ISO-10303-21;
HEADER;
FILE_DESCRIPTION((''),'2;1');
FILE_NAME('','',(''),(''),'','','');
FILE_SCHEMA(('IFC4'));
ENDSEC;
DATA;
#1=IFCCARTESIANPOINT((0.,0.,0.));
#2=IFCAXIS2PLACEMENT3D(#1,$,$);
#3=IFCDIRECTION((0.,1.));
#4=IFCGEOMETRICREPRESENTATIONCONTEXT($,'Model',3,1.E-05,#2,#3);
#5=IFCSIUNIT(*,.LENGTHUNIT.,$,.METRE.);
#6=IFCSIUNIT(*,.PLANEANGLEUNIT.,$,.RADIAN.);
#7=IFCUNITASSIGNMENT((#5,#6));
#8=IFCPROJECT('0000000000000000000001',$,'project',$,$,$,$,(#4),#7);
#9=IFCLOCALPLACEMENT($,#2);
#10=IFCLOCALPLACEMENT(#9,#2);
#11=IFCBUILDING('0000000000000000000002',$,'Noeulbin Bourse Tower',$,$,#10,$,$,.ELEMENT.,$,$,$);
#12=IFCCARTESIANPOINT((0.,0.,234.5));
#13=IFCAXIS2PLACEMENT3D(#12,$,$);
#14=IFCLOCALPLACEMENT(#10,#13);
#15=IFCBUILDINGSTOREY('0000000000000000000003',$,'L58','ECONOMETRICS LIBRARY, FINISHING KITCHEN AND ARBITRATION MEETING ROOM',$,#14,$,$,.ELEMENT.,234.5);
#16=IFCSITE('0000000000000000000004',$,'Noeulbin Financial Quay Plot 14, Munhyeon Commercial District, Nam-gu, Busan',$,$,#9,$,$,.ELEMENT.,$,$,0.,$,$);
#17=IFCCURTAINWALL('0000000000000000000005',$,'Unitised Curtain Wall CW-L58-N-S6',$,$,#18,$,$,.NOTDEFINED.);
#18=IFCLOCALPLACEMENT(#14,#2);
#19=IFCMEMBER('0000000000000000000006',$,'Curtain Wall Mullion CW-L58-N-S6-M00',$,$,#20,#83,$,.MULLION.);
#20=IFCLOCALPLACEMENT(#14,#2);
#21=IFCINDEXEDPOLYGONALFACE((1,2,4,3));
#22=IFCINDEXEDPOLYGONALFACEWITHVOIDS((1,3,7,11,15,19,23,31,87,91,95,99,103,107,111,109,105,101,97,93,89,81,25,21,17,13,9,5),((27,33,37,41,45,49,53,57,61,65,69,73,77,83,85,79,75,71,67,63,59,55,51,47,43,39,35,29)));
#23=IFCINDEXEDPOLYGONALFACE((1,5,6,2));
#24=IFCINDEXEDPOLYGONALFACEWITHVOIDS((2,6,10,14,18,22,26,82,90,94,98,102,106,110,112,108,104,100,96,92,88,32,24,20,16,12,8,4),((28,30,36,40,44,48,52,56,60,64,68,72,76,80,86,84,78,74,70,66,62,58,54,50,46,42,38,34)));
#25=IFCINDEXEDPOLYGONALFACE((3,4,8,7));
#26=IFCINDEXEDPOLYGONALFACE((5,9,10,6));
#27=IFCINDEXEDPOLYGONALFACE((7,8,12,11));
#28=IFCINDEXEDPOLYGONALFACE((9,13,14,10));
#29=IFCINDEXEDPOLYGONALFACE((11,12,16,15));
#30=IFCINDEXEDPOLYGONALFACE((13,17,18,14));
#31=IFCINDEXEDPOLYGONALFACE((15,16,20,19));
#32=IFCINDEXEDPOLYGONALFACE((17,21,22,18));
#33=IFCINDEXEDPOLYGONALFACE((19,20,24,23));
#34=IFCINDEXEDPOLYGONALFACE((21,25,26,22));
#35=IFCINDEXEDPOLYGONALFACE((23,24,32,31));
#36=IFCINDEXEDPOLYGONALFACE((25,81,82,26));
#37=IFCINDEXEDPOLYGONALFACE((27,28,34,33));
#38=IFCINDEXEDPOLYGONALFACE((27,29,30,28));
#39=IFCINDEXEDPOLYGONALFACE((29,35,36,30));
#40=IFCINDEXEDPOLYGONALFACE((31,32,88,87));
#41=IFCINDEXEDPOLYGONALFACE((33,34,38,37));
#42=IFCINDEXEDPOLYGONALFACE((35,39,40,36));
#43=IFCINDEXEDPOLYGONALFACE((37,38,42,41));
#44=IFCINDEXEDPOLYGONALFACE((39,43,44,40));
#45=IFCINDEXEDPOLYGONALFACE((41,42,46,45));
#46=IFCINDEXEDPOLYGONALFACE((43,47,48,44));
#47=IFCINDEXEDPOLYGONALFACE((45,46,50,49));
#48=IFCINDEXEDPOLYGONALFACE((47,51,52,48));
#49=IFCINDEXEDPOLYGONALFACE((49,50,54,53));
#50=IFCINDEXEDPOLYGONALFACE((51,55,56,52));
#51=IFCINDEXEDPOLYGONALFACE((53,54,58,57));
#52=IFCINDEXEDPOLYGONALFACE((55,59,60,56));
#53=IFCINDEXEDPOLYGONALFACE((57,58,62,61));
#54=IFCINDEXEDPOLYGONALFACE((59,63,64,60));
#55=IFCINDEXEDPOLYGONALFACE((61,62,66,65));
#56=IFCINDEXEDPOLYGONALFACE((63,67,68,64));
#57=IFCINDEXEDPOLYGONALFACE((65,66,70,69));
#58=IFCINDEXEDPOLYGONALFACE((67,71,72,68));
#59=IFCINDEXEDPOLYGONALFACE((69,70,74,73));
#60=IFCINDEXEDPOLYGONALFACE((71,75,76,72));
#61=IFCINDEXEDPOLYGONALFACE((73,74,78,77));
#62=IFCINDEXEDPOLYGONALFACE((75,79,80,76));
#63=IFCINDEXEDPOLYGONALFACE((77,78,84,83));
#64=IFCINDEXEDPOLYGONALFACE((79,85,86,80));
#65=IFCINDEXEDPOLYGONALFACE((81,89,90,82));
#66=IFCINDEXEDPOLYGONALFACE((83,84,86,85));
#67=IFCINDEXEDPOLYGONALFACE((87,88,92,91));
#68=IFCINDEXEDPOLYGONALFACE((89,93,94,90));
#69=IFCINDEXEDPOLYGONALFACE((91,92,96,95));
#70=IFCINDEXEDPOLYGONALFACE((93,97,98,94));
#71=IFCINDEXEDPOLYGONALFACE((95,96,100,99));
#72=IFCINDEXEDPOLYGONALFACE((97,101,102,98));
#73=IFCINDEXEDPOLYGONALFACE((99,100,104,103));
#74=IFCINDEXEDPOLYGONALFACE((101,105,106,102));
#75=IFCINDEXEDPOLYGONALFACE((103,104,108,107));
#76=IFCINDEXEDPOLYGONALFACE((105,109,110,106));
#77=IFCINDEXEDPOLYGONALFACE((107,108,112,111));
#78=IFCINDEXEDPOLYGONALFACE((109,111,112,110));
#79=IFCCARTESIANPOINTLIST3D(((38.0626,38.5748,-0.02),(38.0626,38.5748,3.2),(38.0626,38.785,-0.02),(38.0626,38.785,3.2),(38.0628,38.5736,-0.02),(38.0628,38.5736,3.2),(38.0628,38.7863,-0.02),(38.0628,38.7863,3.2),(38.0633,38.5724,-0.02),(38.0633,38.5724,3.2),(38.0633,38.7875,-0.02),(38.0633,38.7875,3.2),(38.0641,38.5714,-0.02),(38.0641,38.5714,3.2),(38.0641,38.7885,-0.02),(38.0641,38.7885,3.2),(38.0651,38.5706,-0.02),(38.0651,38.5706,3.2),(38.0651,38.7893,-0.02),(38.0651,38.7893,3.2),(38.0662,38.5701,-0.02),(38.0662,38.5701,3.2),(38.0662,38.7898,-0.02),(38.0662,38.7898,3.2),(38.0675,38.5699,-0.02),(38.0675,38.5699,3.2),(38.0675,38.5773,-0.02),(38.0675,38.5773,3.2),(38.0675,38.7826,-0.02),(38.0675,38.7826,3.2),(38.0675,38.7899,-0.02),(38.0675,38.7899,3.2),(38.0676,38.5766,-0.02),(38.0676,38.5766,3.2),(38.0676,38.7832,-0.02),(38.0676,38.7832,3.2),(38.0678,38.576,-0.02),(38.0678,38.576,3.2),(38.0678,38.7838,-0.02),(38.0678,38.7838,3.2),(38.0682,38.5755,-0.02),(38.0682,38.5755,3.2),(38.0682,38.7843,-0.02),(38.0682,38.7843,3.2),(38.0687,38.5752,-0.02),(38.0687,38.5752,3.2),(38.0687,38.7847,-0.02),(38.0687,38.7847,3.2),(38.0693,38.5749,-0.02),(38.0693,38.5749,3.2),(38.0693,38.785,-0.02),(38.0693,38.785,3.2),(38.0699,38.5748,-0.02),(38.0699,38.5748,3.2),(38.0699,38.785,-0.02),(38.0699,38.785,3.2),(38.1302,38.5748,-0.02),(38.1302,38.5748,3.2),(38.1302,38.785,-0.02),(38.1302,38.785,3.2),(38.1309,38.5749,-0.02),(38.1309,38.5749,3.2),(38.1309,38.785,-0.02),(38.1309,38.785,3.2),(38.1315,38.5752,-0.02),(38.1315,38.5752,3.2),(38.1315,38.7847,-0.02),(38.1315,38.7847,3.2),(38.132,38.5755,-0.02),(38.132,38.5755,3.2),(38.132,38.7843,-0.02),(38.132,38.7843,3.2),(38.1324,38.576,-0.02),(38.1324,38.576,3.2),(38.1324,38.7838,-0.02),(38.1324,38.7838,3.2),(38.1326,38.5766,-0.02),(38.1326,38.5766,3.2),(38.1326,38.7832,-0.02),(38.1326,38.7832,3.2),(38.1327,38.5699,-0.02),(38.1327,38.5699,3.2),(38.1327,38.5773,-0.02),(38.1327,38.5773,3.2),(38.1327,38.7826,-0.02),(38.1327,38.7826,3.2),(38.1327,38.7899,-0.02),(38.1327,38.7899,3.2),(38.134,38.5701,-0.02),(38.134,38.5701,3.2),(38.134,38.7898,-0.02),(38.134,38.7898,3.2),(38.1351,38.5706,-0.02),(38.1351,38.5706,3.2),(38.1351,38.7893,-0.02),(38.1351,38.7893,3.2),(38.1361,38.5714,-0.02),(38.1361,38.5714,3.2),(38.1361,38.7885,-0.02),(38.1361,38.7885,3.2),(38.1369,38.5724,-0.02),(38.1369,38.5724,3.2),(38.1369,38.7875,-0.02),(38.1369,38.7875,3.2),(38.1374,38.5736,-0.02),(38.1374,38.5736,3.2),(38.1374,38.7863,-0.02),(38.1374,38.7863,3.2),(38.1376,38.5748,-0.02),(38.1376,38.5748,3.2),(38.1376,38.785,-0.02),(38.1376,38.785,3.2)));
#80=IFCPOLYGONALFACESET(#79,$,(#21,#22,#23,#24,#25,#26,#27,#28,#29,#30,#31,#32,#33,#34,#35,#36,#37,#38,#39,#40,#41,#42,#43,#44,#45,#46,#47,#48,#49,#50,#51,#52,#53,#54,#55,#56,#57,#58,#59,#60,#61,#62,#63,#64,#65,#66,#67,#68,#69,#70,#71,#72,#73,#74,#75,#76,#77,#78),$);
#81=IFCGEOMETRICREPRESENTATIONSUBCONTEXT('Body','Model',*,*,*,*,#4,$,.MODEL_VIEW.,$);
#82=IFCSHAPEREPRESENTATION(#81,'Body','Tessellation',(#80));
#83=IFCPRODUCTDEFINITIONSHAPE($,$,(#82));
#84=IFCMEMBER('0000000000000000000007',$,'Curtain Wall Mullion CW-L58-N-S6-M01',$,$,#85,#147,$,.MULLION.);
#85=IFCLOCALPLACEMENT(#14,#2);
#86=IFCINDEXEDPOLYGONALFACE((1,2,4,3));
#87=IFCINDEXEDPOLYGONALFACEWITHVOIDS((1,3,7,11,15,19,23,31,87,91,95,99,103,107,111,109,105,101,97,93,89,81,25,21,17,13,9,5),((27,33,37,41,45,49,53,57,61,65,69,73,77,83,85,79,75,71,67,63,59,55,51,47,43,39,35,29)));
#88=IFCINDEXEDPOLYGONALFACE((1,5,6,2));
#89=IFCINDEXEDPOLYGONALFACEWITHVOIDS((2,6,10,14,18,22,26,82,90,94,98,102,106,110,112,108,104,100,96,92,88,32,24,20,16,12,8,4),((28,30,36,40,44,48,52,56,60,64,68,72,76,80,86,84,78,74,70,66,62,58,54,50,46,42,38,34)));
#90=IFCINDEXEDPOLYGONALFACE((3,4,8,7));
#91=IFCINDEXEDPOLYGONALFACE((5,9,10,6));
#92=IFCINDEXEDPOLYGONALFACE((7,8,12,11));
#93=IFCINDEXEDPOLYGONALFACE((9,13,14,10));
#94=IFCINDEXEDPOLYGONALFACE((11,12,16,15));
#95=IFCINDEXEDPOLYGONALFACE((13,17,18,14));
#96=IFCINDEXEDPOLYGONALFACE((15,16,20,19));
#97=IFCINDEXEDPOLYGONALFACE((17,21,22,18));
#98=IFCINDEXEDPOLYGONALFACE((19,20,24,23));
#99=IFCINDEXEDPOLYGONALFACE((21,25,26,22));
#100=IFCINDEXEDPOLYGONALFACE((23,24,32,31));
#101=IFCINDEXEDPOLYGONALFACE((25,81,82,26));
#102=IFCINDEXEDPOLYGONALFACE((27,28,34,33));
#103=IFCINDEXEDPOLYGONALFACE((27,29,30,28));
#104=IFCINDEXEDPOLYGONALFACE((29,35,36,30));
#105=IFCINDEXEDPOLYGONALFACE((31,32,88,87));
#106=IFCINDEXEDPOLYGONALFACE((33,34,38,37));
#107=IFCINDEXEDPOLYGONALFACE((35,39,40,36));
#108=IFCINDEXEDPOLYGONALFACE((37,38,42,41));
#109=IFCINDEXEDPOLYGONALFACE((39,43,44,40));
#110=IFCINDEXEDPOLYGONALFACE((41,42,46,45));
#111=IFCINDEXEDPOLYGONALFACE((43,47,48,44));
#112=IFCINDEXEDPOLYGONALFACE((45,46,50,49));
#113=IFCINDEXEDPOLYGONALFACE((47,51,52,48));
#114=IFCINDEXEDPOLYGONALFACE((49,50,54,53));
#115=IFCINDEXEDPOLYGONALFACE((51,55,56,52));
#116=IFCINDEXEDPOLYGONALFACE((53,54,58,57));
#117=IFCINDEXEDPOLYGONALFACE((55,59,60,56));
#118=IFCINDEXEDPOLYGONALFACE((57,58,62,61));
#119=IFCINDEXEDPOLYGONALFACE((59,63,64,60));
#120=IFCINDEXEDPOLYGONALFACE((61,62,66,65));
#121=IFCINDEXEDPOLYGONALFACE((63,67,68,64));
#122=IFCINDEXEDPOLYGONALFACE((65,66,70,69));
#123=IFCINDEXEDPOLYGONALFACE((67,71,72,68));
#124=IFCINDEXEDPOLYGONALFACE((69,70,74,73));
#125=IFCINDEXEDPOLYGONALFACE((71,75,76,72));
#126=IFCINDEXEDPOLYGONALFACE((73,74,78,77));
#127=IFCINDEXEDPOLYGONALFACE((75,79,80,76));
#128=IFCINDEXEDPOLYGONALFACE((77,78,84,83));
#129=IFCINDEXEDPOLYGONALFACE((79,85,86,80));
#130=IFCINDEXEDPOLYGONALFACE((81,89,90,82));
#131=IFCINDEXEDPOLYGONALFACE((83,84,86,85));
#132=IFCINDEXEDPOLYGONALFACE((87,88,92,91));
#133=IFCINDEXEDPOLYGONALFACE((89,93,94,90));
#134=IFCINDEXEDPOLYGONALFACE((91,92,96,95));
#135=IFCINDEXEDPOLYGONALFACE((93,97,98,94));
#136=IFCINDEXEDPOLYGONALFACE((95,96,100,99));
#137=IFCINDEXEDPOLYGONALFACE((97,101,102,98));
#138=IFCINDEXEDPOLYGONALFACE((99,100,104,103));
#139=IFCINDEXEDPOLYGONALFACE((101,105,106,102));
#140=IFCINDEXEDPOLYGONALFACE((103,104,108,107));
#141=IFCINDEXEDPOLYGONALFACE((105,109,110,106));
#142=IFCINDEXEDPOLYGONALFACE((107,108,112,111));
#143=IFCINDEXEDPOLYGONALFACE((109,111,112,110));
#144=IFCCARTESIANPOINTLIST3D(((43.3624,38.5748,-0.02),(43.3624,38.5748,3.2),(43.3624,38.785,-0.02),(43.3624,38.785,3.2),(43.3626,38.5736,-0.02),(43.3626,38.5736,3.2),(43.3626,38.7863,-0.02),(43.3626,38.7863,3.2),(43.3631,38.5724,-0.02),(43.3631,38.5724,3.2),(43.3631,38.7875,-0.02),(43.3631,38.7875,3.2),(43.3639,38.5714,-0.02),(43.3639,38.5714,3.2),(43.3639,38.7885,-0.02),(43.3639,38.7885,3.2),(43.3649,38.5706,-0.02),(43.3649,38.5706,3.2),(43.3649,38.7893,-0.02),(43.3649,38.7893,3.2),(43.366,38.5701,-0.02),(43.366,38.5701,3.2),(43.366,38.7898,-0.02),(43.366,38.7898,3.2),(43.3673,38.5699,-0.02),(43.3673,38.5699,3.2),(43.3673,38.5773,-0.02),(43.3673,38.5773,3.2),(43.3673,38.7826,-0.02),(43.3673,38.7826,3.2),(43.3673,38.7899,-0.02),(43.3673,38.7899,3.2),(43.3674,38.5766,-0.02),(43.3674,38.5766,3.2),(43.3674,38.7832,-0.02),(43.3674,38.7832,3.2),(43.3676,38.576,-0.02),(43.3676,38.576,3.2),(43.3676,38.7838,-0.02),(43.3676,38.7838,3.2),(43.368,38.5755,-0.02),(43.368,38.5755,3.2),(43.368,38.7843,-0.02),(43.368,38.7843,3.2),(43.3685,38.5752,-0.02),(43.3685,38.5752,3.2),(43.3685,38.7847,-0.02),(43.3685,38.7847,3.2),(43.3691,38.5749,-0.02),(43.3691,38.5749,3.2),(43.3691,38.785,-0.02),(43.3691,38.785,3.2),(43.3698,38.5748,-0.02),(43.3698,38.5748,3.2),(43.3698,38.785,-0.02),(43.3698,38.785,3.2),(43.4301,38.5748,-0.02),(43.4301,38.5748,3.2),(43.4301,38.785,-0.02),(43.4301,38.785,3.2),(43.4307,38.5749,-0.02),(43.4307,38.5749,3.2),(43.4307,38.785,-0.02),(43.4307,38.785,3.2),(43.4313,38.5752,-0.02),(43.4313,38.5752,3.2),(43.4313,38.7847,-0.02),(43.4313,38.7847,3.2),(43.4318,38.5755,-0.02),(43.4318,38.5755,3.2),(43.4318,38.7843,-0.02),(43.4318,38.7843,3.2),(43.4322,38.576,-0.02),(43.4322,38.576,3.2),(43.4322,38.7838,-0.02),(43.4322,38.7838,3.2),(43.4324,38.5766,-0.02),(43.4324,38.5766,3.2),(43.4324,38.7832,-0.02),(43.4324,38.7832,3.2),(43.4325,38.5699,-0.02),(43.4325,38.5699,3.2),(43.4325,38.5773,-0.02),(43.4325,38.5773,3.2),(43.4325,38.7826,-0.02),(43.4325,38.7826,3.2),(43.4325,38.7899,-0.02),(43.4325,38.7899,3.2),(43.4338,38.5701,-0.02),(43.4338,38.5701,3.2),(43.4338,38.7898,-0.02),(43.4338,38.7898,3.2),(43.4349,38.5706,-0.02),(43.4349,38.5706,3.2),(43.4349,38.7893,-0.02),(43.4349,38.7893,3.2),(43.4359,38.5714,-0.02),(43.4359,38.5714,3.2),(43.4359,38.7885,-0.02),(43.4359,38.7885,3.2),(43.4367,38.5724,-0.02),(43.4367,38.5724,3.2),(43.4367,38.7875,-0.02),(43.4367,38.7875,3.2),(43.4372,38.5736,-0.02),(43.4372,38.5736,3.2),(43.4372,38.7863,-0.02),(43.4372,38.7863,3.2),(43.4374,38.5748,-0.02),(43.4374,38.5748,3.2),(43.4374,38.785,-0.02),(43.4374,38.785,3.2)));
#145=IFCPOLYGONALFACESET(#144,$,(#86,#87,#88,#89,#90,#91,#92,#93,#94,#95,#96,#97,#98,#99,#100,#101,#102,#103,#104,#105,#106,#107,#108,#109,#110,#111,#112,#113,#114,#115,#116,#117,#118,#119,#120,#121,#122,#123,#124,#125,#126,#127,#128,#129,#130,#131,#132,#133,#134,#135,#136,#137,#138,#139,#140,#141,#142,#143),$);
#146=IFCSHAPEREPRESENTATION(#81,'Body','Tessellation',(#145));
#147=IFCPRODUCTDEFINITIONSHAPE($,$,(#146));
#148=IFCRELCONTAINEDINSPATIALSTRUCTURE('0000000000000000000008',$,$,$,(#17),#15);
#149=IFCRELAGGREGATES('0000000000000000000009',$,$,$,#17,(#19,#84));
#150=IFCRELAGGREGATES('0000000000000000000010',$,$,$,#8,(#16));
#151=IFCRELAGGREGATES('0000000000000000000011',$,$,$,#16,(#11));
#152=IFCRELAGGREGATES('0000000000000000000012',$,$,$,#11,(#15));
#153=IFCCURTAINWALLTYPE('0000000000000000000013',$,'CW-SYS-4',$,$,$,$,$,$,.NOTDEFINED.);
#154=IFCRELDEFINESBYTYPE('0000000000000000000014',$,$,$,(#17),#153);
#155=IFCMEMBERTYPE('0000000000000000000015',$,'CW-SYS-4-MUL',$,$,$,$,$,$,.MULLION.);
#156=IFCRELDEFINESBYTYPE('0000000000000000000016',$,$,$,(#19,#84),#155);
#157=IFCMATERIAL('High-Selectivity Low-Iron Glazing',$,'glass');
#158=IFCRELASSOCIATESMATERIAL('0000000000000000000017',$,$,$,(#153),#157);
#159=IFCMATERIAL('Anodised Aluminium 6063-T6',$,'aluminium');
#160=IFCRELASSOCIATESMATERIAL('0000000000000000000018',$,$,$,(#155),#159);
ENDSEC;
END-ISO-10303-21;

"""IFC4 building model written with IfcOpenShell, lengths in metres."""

from ifc_helpers import new_model, si_unit, direction, frame, origin, origin_2d, place, context, subcontext, project, spatial, hollow_rectangle, extrude, material, material_profile, profile_set, type_object, element, aggregate, save


model = new_model("IFC4")

# Units and contexts
model_context = context("Model", 3, precision=1e-05, world=origin(), true_north=direction((0.0, 1.0)))
body_context = subcontext(model_context, "Body", "Model", "MODEL_VIEW")
ifc_project = project(units=[si_unit("LENGTHUNIT", "METRE"), si_unit("PLANEANGLEUNIT", "RADIAN")], contexts=[model_context])

# Site, building, storey
site_placement = place(None, origin())
site = spatial("IfcSite", under=ifc_project, at=site_placement, Name="Noeulbin Financial Quay Plot 14, Munhyeon Commercial District, Nam-gu, Busan", CompositionType="ELEMENT", RefElevation=0.0)
building_placement = place(site_placement, origin())
building = spatial("IfcBuilding", under=site, at=building_placement, Name="Noeulbin Bourse Tower", CompositionType="ELEMENT")
storey_placement = place(building_placement, frame((0.0, 0.0, 234.5)))
storey = spatial("IfcBuildingStorey", under=building, at=storey_placement, Name="L58", Description="ECONOMETRICS LIBRARY, FINISHING KITCHEN AND ARBITRATION MEETING ROOM", CompositionType="ELEMENT", Elevation=234.5)

# Curtain wall, members
ifc_material_1 = material(Name="High-Selectivity Low-Iron Glazing", Category="glass")
curtain_wall_type = type_object("IfcCurtainWallType", Name="CW-SYS-4", PredefinedType="NOTDEFINED", material=ifc_material_1)
curtain_wall_1_placement = place(storey_placement, origin())
curtain_wall_1 = element("IfcCurtainWall", 1, at=curtain_wall_1_placement, inside=storey, type_object=curtain_wall_type, Name="Unitised Curtain Wall CW-L58-N-S6", PredefinedType="NOTDEFINED")
ifc_material_2 = material(Name="Anodised Aluminium 6063-T6", Category="aluminium")
ifc_material_profile_1 = material_profile(ifc_material_2, hollow_rectangle(XDim=0.075, YDim=0.22, WallThickness=0.0049, InnerFilletRadius=0.0024, OuterFilletRadius=0.0049, at=origin_2d()), Name="ALU-MULL-75x220x5", Category="LoadBearing")
ifc_profile_set_1 = profile_set([ifc_material_profile_1], Name="Anodised Aluminium 6063-T6")
member_type_1 = type_object("IfcMemberType", Name="CW-SYS-4-MUL", PredefinedType="MULLION", material=ifc_profile_set_1)
member_1_placement = place(storey_placement, frame((38.1001, 38.6799, -0.02), z_axis=(0.0, 0.0, 1.0), x_axis=(1.0, 0.0, 0.0)))
member_1 = element("IfcMember", 2, at=member_1_placement, type_object=member_type_1, Name="Curtain Wall Mullion CW-L58-N-S6-M00", PredefinedType="MULLION", context=body_context, shape_type="SweptSolid", body=[
    extrude(hollow_rectangle(XDim=0.075, YDim=0.22, WallThickness=0.0049, InnerFilletRadius=0.0024, OuterFilletRadius=0.0049, at=origin_2d()), origin(), (0.0, 0.0, 1.0), 3.22),
])
member_2_placement = place(storey_placement, frame((43.3999, 38.6799, -0.02), z_axis=(0.0, 0.0, 1.0), x_axis=(1.0, 0.0, 0.0)))
member_2 = element("IfcMember", 3, at=member_2_placement, type_object=member_type_1, Name="Curtain Wall Mullion CW-L58-N-S6-M01", PredefinedType="MULLION", context=body_context, shape_type="SweptSolid", body=[
    extrude(hollow_rectangle(XDim=0.075, YDim=0.22, WallThickness=0.0049, InnerFilletRadius=0.0024, OuterFilletRadius=0.0049, at=origin_2d()), origin(), (0.0, 0.0, 1.0), 3.22),
])

aggregate(curtain_wall_1, [member_1, member_2])

save(model, "model.ifc")
